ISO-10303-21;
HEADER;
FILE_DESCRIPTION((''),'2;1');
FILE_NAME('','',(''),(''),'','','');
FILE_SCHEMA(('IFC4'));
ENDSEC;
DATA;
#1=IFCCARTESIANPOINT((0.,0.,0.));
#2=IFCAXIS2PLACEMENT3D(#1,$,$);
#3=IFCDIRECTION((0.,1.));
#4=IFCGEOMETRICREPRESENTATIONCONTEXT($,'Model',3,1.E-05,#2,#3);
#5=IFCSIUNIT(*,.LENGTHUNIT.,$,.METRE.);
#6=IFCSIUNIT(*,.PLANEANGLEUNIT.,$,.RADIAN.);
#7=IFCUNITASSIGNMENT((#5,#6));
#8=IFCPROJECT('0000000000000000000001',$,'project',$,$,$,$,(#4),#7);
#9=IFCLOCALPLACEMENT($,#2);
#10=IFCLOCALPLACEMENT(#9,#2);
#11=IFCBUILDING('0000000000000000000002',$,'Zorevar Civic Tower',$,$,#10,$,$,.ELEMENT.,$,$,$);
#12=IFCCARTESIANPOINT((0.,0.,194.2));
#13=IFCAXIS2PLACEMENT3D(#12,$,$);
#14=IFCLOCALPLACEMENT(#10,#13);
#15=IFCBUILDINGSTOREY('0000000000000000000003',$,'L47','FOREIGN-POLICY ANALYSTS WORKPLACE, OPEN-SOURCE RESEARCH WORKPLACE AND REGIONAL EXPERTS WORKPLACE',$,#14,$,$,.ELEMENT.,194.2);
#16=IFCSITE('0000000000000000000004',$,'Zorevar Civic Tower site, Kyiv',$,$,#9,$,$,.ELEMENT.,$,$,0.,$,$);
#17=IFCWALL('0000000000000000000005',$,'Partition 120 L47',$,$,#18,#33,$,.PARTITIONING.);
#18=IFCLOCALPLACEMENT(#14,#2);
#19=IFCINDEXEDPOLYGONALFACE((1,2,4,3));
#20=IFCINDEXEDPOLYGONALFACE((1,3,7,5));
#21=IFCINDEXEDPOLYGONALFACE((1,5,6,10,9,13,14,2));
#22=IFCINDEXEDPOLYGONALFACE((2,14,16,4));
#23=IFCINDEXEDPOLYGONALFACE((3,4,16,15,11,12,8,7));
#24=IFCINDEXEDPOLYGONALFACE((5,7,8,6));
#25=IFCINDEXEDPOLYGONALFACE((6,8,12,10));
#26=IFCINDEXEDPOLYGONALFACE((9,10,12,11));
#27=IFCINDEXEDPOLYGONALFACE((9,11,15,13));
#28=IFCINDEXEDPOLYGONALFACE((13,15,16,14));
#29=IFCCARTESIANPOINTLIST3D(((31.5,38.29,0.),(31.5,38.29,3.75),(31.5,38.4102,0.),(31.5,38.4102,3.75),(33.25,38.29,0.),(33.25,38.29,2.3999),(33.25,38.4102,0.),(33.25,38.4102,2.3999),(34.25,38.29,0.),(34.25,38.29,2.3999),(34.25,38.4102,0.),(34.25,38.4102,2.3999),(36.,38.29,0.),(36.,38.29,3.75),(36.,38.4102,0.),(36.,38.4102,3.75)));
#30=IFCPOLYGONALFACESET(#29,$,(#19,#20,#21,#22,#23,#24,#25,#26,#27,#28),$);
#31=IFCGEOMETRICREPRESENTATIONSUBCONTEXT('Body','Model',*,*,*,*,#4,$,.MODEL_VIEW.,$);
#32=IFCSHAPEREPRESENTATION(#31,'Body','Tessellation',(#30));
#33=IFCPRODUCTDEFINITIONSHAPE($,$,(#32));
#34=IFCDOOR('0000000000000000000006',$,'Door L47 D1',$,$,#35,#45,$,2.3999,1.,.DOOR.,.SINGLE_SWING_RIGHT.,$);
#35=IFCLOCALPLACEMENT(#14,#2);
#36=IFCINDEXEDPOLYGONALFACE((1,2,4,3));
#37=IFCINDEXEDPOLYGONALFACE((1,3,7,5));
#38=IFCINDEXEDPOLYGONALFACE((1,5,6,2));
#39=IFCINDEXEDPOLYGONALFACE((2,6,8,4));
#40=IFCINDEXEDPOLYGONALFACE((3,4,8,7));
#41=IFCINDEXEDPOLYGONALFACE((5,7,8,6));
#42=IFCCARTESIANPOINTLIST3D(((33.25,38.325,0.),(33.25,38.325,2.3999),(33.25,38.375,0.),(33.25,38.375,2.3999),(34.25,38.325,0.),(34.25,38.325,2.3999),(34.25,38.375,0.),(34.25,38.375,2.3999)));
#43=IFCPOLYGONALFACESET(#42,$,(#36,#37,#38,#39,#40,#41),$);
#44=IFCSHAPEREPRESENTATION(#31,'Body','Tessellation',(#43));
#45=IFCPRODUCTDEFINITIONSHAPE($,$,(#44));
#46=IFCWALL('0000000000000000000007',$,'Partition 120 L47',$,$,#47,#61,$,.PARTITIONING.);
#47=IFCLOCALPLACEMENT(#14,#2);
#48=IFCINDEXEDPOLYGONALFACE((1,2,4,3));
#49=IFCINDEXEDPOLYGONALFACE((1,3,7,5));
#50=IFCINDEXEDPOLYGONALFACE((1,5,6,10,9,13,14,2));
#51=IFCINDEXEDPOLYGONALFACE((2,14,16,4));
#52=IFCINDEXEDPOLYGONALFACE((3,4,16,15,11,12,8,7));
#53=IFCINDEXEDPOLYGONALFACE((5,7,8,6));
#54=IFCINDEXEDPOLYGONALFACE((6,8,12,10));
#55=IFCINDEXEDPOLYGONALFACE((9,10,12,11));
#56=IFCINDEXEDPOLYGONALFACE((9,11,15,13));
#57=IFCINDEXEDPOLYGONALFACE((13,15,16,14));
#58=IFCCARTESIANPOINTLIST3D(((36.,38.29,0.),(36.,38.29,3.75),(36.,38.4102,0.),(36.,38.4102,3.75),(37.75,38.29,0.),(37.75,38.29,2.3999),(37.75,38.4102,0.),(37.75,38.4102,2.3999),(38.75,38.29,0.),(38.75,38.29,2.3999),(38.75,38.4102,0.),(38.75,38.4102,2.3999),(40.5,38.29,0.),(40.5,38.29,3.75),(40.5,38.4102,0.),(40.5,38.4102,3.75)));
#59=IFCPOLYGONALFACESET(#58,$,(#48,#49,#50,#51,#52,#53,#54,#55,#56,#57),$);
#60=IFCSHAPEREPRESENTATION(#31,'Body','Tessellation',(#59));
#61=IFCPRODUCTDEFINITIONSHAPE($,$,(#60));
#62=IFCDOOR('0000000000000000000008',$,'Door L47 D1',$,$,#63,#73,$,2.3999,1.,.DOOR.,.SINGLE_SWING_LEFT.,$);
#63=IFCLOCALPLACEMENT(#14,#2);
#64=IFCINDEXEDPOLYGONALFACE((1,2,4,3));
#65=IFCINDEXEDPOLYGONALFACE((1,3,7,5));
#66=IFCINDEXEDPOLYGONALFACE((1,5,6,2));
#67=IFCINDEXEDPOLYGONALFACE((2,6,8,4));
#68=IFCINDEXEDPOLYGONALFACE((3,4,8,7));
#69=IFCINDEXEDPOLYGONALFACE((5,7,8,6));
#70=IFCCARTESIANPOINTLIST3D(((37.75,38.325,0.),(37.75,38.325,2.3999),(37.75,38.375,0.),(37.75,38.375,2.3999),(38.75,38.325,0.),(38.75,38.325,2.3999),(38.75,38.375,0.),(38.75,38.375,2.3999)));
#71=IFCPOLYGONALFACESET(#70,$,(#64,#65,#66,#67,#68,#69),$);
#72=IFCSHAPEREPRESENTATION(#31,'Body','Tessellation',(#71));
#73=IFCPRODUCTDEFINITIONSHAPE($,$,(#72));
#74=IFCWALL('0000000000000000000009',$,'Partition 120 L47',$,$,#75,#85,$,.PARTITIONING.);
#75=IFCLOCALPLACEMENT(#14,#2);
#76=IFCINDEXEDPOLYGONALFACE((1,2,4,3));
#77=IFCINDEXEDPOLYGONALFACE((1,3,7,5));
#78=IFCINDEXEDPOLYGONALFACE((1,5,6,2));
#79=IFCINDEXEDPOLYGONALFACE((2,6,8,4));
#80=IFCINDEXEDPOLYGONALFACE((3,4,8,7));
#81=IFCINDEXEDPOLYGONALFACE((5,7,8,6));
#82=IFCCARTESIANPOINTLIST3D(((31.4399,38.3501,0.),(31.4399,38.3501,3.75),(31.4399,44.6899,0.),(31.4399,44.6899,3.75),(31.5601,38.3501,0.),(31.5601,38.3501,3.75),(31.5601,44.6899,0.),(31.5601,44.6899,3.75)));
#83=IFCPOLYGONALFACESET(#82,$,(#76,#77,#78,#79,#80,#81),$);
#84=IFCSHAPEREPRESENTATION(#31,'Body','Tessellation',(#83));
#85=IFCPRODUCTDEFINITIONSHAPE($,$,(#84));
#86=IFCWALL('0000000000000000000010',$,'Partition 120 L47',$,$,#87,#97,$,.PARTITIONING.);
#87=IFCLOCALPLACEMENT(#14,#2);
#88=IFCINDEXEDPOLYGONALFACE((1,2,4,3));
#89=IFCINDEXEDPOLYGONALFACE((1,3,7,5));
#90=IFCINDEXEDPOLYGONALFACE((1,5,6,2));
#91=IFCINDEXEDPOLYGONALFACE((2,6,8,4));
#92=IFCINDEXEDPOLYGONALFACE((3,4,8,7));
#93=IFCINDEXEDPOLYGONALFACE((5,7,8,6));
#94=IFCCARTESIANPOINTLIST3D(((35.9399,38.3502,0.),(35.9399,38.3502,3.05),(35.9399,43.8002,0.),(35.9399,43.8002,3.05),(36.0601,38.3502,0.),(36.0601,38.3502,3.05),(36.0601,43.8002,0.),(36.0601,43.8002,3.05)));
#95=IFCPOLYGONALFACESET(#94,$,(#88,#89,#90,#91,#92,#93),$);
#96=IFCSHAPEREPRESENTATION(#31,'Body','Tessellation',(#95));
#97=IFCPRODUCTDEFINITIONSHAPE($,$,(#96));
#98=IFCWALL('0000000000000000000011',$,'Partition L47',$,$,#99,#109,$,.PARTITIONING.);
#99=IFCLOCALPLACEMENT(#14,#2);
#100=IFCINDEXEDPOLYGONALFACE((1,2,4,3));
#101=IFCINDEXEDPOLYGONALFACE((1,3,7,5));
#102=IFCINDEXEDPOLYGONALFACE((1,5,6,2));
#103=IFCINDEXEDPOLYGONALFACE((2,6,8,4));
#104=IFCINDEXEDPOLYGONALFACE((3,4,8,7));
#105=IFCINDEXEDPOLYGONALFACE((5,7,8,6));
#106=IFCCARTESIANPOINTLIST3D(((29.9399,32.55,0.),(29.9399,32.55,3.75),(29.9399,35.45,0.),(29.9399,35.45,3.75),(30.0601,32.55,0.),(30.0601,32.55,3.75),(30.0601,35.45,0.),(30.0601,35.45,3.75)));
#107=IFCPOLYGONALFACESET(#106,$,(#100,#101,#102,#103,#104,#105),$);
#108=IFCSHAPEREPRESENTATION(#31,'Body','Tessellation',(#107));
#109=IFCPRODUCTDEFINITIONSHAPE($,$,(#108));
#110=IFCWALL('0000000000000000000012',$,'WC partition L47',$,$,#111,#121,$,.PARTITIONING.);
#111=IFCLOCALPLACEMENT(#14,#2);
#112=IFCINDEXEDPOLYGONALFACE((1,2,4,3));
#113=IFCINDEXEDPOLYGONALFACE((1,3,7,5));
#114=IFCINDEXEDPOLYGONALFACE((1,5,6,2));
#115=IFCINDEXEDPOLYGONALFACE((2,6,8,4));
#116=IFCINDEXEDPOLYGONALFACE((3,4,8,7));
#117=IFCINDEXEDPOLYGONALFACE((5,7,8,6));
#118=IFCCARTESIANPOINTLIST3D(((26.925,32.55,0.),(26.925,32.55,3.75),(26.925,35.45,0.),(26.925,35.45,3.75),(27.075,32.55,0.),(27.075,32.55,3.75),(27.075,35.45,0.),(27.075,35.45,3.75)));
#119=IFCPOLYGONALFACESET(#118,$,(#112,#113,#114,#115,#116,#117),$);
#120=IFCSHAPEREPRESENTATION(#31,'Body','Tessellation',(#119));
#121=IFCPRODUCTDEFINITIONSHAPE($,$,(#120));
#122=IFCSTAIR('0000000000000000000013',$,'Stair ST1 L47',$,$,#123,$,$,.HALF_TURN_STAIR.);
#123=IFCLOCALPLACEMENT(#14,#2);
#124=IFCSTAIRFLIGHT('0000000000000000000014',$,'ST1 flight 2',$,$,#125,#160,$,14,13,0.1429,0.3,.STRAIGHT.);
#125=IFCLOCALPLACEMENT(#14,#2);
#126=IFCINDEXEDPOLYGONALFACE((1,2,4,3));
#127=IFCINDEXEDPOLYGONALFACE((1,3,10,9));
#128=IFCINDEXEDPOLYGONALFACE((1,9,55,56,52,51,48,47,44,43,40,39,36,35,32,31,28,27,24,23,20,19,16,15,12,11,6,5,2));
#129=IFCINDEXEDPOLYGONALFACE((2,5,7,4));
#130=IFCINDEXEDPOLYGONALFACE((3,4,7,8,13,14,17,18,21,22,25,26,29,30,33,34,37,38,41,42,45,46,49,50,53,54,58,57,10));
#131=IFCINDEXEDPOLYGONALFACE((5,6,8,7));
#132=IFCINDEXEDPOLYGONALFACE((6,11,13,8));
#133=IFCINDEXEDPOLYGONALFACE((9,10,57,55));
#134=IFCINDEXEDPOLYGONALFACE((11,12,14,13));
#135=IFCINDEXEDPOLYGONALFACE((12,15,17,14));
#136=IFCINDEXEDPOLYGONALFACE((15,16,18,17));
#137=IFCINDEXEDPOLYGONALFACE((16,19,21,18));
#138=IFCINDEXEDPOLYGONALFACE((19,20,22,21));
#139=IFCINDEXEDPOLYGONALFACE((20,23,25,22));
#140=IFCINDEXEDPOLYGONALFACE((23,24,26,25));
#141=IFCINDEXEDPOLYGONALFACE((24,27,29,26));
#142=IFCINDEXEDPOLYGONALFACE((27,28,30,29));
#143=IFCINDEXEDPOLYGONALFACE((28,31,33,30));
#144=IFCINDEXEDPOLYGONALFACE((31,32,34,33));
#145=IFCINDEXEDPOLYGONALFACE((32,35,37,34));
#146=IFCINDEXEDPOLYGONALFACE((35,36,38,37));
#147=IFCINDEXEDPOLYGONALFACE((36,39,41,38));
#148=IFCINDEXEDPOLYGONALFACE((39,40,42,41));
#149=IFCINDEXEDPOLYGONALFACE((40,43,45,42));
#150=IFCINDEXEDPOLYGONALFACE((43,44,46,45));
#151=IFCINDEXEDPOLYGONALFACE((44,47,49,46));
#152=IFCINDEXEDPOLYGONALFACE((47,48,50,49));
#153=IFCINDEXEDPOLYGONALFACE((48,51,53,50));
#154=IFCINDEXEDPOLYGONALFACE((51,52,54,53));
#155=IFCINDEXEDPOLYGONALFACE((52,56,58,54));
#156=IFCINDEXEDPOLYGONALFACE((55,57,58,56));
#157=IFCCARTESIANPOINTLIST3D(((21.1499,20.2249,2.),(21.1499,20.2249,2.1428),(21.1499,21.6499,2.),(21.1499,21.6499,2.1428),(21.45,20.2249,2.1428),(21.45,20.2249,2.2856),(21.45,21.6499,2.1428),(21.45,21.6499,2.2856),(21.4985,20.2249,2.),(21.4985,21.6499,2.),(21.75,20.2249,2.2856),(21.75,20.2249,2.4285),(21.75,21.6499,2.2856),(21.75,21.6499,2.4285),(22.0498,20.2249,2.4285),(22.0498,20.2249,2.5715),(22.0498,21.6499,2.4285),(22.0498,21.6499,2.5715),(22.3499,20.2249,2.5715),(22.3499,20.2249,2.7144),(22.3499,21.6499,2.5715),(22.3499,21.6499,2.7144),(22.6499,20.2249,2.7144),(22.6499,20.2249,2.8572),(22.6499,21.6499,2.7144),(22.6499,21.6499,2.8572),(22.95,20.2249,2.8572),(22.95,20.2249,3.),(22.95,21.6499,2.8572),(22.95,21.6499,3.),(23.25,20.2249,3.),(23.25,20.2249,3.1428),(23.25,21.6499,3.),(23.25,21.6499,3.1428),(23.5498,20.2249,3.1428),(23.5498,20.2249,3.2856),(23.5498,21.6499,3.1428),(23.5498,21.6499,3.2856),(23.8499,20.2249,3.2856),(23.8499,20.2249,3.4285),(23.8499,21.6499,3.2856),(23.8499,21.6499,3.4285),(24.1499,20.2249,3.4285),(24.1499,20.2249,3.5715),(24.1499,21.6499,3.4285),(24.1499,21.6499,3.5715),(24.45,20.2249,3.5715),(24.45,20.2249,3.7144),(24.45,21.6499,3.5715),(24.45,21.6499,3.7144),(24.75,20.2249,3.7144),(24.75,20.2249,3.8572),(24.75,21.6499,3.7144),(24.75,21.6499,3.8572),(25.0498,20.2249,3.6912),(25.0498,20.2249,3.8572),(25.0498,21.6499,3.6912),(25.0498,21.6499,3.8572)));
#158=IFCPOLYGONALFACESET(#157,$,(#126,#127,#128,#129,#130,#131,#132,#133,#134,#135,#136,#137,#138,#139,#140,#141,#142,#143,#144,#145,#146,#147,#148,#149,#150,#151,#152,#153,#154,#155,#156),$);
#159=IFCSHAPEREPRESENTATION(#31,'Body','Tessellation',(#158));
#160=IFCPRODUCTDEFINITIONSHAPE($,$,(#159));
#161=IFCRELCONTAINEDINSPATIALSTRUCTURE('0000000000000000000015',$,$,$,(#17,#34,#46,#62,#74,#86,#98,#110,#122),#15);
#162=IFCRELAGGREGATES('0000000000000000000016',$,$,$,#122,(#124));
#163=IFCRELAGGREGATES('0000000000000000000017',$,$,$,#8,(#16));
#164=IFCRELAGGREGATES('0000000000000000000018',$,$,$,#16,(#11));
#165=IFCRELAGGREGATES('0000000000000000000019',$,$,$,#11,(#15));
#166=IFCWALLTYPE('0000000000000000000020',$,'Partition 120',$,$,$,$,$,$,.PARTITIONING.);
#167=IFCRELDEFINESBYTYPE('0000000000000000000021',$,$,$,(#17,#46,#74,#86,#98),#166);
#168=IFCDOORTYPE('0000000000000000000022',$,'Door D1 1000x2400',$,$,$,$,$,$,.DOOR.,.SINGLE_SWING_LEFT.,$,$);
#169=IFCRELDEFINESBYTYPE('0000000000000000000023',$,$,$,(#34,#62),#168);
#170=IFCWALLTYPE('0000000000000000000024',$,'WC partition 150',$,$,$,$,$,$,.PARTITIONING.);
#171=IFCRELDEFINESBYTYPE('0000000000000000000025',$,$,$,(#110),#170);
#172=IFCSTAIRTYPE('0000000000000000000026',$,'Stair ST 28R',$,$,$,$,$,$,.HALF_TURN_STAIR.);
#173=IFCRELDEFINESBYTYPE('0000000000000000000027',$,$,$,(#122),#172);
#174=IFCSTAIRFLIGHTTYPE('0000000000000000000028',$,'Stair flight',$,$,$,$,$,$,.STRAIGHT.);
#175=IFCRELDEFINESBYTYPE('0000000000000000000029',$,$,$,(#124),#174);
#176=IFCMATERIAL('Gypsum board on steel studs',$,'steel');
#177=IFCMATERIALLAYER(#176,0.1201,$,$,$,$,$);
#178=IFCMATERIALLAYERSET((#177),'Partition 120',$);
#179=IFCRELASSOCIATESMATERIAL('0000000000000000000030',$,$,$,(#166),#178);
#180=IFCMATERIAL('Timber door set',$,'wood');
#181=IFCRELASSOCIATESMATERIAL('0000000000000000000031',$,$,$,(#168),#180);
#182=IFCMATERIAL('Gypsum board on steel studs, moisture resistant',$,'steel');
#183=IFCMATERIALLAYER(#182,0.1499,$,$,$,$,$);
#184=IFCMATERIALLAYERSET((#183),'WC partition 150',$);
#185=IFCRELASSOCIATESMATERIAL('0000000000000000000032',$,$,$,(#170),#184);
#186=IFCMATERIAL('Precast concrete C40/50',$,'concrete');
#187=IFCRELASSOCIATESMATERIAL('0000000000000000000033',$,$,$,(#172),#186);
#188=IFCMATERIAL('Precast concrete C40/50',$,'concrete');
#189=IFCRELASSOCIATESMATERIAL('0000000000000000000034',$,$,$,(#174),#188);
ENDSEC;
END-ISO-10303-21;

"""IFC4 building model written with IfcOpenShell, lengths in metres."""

from ifc_helpers import new_model, si_unit, direction, frame, frame_2d, origin, place, context, subcontext, project, spatial, polyline, rectangle, outline, extrude, material, layer, layer_set, type_object, element, fill, aggregate, save


model = new_model("IFC4")

# Units and contexts
model_context = context("Model", 3, precision=1e-05, world=origin(), true_north=direction((0.0, 1.0)))
body_context = subcontext(model_context, "Body", "Model", "MODEL_VIEW")
ifc_project = project(units=[si_unit("LENGTHUNIT", "METRE"), si_unit("PLANEANGLEUNIT", "RADIAN")], contexts=[model_context])

# Site, building, storey
site_placement = place(None, origin())
site = spatial("IfcSite", under=ifc_project, at=site_placement, Name="Zorevar Civic Tower site, Kyiv", CompositionType="ELEMENT", RefElevation=0.0)
building_placement = place(site_placement, origin())
building = spatial("IfcBuilding", under=site, at=building_placement, Name="Zorevar Civic Tower", CompositionType="ELEMENT")
storey_placement = place(building_placement, frame((0.0, 0.0, 194.2)))
storey = spatial("IfcBuildingStorey", under=building, at=storey_placement, Name="L47", Description="FOREIGN-POLICY ANALYSTS WORKPLACE, OPEN-SOURCE RESEARCH WORKPLACE AND REGIONAL EXPERTS WORKPLACE", CompositionType="ELEMENT", Elevation=194.2)

# Walls, openings, doors
ifc_material_1 = material(Name="Gypsum board on steel studs", Category="steel")
ifc_layer_1 = layer(ifc_material_1, 0.1201)
ifc_layer_set_1 = layer_set([ifc_layer_1], Name="Partition 120")
wall_type_1 = type_object("IfcWallType", Name="Partition 120", PredefinedType="PARTITIONING", material=ifc_layer_set_1)
wall_1_placement = place(storey_placement, frame((31.5, 38.3501, 0.0), z_axis=(0.0, 0.0, 1.0), x_axis=(1.0, 0.0, 0.0)))
wall_1 = element("IfcWall", 1, at=wall_1_placement, inside=storey, type_object=wall_type_1, Name="Partition 120 L47", PredefinedType="PARTITIONING", context=body_context, shape_type="SweptSolid", body=[
    extrude(rectangle(XDim=4.5, YDim=0.1201, at=frame_2d((2.25, 0.0))), origin(), (0.0, 0.0, 1.0), 3.75),
])
opening_1_placement = place(wall_1_placement, frame((1.75, 0.0, 0.0)))
opening_1 = element("IfcOpeningElement", 2, at=opening_1_placement, cuts=wall_1, PredefinedType="OPENING", context=body_context, shape_type="SweptSolid", body=[
    extrude(rectangle(XDim=1.0, YDim=2.3999, at=frame_2d((0.5, 1.2))), frame((0.0, 0.0701, 0.0), z_axis=(0.0, -1.0, 0.0), x_axis=(1.0, 0.0, 0.0)), (0.0, 0.0, 1.0), 0.1401),
])
ifc_material_2 = material(Name="Timber door set", Category="wood")
door_type_1 = type_object("IfcDoorType", Name="Door D1 1000x2400", OperationType="SINGLE_SWING_LEFT", PredefinedType="DOOR", material=ifc_material_2)
door_1_placement = place(opening_1_placement, origin())
door_1 = element("IfcDoor", 3, at=door_1_placement, inside=storey, type_object=door_type_1, Name="Door L47 D1", OperationType="SINGLE_SWING_RIGHT", OverallHeight=2.3999, OverallWidth=1.0, PredefinedType="DOOR", context=body_context, shape_type="SweptSolid", body=[
    extrude(rectangle(XDim=1.0, YDim=2.3999, at=frame_2d((0.5, 1.2))), frame((0.0, 0.0249, 0.0), z_axis=(0.0, -1.0, 0.0), x_axis=(1.0, 0.0, 0.0)), (0.0, 0.0, 1.0), 0.05),
])
fill(opening_1, door_1)
wall_2_placement = place(storey_placement, frame((36.0, 38.3501, 0.0), z_axis=(0.0, 0.0, 1.0), x_axis=(1.0, 0.0, 0.0)))
wall_2 = element("IfcWall", 4, at=wall_2_placement, inside=storey, type_object=wall_type_1, Name="Partition 120 L47", PredefinedType="PARTITIONING", context=body_context, shape_type="SweptSolid", body=[
    extrude(rectangle(XDim=4.5, YDim=0.1201, at=frame_2d((2.25, 0.0))), origin(), (0.0, 0.0, 1.0), 3.75),
])
opening_2_placement = place(wall_2_placement, frame((1.75, 0.0, 0.0)))
opening_2 = element("IfcOpeningElement", 5, at=opening_2_placement, cuts=wall_2, PredefinedType="OPENING", context=body_context, shape_type="SweptSolid", body=[
    extrude(rectangle(XDim=1.0, YDim=2.3999, at=frame_2d((0.5, 1.2))), frame((0.0, 0.0701, 0.0), z_axis=(0.0, -1.0, 0.0), x_axis=(1.0, 0.0, 0.0)), (0.0, 0.0, 1.0), 0.1401),
])
door_2_placement = place(opening_2_placement, origin())
door_2 = element("IfcDoor", 6, at=door_2_placement, inside=storey, type_object=door_type_1, Name="Door L47 D1", OperationType="SINGLE_SWING_LEFT", OverallHeight=2.3999, OverallWidth=1.0, PredefinedType="DOOR", context=body_context, shape_type="SweptSolid", body=[
    extrude(rectangle(XDim=1.0, YDim=2.3999, at=frame_2d((0.5, 1.2))), frame((0.0, 0.0249, 0.0), z_axis=(0.0, -1.0, 0.0), x_axis=(1.0, 0.0, 0.0)), (0.0, 0.0, 1.0), 0.05),
])
fill(opening_2, door_2)

# Walls
wall_3_placement = place(storey_placement, frame((31.5, 38.3501, 0.0), z_axis=(0.0, 0.0, 1.0), x_axis=(0.0, 1.0, 0.0)))
element("IfcWall", 7, at=wall_3_placement, inside=storey, type_object=wall_type_1, Name="Partition 120 L47", PredefinedType="PARTITIONING", context=body_context, shape_type="SweptSolid", body=[
    extrude(rectangle(XDim=6.3398, YDim=0.1201, at=frame_2d((3.1699, 0.0))), origin(), (0.0, 0.0, 1.0), 3.75),
])
wall_4_placement = place(storey_placement, frame((36.0, 38.3501, 0.0), z_axis=(0.0, 0.0, 1.0), x_axis=(0.0, 1.0, 0.0)))
element("IfcWall", 8, at=wall_4_placement, inside=storey, type_object=wall_type_1, Name="Partition 120 L47", PredefinedType="PARTITIONING", context=body_context, shape_type="SweptSolid", body=[
    extrude(rectangle(XDim=5.45, YDim=0.1201, at=frame_2d((2.7251, 0.0))), origin(), (0.0, 0.0, 1.0), 3.05),
])
wall_5_placement = place(storey_placement, frame((30.0, 32.55, 0.0), z_axis=(0.0, 0.0, 1.0), x_axis=(0.0, 1.0, 0.0)))
element("IfcWall", 9, at=wall_5_placement, inside=storey, type_object=wall_type_1, Name="Partition L47", PredefinedType="PARTITIONING", context=body_context, shape_type="SweptSolid", body=[
    extrude(rectangle(XDim=2.8999, YDim=0.1201, at=frame_2d((1.45, 0.0))), origin(), (0.0, 0.0, 1.0), 3.75),
])
ifc_material_3 = material(Name="Gypsum board on steel studs, moisture resistant", Category="steel")
ifc_layer_2 = layer(ifc_material_3, 0.1499)
ifc_layer_set_2 = layer_set([ifc_layer_2], Name="WC partition 150")
wall_type_2 = type_object("IfcWallType", Name="WC partition 150", PredefinedType="PARTITIONING", material=ifc_layer_set_2)
wall_6_placement = place(storey_placement, frame((27.0, 32.55, 0.0), z_axis=(0.0, 0.0, 1.0), x_axis=(0.0, 1.0, 0.0)))
element("IfcWall", 10, at=wall_6_placement, inside=storey, type_object=wall_type_2, Name="WC partition L47", PredefinedType="PARTITIONING", context=body_context, shape_type="SweptSolid", body=[
    extrude(rectangle(XDim=2.8999, YDim=0.1499, at=frame_2d((1.45, 0.0))), origin(), (0.0, 0.0, 1.0), 3.75),
])

# Stair, stair flight
ifc_material_4 = material(Name="Precast concrete C40/50", Category="concrete")
stair_type = type_object("IfcStairType", Name="Stair ST 28R", PredefinedType="HALF_TURN_STAIR", material=ifc_material_4)
stair_1_placement = place(storey_placement, origin())
stair_1 = element("IfcStair", 11, at=stair_1_placement, inside=storey, type_object=stair_type, Name="Stair ST1 L47", PredefinedType="HALF_TURN_STAIR")
ifc_material_5 = material(Name="Precast concrete C40/50", Category="concrete")
stair_flight_type = type_object("IfcStairFlightType", Name="Stair flight", PredefinedType="STRAIGHT", material=ifc_material_5)
stair_flight_1_placement = place(storey_placement, frame((21.1499, 20.9375, 2.0), z_axis=(0.0, 0.0, 1.0), x_axis=(1.0, 0.0, 0.0)))
stair_flight_1 = element("IfcStairFlight", 12, at=stair_flight_1_placement, type_object=stair_flight_type, Name="ST1 flight 2", NumberOfRisers=14, NumberOfTreads=13, PredefinedType="STRAIGHT", RiserHeight=0.1429, TreadLength=0.3, context=body_context, shape_type="SweptSolid", body=[
    extrude(outline(polyline([(0.0, 0.0), (0.0, 0.1428), (0.3, 0.1428), (0.3, 0.2856), (0.6001, 0.2856), (0.6001, 0.4285), (0.8999, 0.4285), (0.8999, 0.5715), (1.2, 0.5715), (1.2, 0.7144), (1.5, 0.7144), (1.5, 0.8572), (1.8, 0.8572), (1.8, 1.0), (2.1001, 1.0), (2.1001, 1.1428), (2.3999, 1.1428), (2.3999, 1.2856), (2.7, 1.2856), (2.7, 1.4285), (3.0, 1.4285), (3.0, 1.5715), (3.3, 1.5715), (3.3, 1.7144), (3.6001, 1.7144), (3.6001, 1.8572), (3.8999, 1.8572), (3.8999, 2.0), (3.8999, 1.6912), (0.3486, 0.0), (0.0, 0.0)])), frame((0.0, 0.7124, 0.0), z_axis=(0.0, -1.0, 0.0), x_axis=(1.0, 0.0, 0.0)), (0.0, 0.0, 1.0), 1.425),
])
aggregate(stair_1, [stair_flight_1])

save(model, "model.ifc")
